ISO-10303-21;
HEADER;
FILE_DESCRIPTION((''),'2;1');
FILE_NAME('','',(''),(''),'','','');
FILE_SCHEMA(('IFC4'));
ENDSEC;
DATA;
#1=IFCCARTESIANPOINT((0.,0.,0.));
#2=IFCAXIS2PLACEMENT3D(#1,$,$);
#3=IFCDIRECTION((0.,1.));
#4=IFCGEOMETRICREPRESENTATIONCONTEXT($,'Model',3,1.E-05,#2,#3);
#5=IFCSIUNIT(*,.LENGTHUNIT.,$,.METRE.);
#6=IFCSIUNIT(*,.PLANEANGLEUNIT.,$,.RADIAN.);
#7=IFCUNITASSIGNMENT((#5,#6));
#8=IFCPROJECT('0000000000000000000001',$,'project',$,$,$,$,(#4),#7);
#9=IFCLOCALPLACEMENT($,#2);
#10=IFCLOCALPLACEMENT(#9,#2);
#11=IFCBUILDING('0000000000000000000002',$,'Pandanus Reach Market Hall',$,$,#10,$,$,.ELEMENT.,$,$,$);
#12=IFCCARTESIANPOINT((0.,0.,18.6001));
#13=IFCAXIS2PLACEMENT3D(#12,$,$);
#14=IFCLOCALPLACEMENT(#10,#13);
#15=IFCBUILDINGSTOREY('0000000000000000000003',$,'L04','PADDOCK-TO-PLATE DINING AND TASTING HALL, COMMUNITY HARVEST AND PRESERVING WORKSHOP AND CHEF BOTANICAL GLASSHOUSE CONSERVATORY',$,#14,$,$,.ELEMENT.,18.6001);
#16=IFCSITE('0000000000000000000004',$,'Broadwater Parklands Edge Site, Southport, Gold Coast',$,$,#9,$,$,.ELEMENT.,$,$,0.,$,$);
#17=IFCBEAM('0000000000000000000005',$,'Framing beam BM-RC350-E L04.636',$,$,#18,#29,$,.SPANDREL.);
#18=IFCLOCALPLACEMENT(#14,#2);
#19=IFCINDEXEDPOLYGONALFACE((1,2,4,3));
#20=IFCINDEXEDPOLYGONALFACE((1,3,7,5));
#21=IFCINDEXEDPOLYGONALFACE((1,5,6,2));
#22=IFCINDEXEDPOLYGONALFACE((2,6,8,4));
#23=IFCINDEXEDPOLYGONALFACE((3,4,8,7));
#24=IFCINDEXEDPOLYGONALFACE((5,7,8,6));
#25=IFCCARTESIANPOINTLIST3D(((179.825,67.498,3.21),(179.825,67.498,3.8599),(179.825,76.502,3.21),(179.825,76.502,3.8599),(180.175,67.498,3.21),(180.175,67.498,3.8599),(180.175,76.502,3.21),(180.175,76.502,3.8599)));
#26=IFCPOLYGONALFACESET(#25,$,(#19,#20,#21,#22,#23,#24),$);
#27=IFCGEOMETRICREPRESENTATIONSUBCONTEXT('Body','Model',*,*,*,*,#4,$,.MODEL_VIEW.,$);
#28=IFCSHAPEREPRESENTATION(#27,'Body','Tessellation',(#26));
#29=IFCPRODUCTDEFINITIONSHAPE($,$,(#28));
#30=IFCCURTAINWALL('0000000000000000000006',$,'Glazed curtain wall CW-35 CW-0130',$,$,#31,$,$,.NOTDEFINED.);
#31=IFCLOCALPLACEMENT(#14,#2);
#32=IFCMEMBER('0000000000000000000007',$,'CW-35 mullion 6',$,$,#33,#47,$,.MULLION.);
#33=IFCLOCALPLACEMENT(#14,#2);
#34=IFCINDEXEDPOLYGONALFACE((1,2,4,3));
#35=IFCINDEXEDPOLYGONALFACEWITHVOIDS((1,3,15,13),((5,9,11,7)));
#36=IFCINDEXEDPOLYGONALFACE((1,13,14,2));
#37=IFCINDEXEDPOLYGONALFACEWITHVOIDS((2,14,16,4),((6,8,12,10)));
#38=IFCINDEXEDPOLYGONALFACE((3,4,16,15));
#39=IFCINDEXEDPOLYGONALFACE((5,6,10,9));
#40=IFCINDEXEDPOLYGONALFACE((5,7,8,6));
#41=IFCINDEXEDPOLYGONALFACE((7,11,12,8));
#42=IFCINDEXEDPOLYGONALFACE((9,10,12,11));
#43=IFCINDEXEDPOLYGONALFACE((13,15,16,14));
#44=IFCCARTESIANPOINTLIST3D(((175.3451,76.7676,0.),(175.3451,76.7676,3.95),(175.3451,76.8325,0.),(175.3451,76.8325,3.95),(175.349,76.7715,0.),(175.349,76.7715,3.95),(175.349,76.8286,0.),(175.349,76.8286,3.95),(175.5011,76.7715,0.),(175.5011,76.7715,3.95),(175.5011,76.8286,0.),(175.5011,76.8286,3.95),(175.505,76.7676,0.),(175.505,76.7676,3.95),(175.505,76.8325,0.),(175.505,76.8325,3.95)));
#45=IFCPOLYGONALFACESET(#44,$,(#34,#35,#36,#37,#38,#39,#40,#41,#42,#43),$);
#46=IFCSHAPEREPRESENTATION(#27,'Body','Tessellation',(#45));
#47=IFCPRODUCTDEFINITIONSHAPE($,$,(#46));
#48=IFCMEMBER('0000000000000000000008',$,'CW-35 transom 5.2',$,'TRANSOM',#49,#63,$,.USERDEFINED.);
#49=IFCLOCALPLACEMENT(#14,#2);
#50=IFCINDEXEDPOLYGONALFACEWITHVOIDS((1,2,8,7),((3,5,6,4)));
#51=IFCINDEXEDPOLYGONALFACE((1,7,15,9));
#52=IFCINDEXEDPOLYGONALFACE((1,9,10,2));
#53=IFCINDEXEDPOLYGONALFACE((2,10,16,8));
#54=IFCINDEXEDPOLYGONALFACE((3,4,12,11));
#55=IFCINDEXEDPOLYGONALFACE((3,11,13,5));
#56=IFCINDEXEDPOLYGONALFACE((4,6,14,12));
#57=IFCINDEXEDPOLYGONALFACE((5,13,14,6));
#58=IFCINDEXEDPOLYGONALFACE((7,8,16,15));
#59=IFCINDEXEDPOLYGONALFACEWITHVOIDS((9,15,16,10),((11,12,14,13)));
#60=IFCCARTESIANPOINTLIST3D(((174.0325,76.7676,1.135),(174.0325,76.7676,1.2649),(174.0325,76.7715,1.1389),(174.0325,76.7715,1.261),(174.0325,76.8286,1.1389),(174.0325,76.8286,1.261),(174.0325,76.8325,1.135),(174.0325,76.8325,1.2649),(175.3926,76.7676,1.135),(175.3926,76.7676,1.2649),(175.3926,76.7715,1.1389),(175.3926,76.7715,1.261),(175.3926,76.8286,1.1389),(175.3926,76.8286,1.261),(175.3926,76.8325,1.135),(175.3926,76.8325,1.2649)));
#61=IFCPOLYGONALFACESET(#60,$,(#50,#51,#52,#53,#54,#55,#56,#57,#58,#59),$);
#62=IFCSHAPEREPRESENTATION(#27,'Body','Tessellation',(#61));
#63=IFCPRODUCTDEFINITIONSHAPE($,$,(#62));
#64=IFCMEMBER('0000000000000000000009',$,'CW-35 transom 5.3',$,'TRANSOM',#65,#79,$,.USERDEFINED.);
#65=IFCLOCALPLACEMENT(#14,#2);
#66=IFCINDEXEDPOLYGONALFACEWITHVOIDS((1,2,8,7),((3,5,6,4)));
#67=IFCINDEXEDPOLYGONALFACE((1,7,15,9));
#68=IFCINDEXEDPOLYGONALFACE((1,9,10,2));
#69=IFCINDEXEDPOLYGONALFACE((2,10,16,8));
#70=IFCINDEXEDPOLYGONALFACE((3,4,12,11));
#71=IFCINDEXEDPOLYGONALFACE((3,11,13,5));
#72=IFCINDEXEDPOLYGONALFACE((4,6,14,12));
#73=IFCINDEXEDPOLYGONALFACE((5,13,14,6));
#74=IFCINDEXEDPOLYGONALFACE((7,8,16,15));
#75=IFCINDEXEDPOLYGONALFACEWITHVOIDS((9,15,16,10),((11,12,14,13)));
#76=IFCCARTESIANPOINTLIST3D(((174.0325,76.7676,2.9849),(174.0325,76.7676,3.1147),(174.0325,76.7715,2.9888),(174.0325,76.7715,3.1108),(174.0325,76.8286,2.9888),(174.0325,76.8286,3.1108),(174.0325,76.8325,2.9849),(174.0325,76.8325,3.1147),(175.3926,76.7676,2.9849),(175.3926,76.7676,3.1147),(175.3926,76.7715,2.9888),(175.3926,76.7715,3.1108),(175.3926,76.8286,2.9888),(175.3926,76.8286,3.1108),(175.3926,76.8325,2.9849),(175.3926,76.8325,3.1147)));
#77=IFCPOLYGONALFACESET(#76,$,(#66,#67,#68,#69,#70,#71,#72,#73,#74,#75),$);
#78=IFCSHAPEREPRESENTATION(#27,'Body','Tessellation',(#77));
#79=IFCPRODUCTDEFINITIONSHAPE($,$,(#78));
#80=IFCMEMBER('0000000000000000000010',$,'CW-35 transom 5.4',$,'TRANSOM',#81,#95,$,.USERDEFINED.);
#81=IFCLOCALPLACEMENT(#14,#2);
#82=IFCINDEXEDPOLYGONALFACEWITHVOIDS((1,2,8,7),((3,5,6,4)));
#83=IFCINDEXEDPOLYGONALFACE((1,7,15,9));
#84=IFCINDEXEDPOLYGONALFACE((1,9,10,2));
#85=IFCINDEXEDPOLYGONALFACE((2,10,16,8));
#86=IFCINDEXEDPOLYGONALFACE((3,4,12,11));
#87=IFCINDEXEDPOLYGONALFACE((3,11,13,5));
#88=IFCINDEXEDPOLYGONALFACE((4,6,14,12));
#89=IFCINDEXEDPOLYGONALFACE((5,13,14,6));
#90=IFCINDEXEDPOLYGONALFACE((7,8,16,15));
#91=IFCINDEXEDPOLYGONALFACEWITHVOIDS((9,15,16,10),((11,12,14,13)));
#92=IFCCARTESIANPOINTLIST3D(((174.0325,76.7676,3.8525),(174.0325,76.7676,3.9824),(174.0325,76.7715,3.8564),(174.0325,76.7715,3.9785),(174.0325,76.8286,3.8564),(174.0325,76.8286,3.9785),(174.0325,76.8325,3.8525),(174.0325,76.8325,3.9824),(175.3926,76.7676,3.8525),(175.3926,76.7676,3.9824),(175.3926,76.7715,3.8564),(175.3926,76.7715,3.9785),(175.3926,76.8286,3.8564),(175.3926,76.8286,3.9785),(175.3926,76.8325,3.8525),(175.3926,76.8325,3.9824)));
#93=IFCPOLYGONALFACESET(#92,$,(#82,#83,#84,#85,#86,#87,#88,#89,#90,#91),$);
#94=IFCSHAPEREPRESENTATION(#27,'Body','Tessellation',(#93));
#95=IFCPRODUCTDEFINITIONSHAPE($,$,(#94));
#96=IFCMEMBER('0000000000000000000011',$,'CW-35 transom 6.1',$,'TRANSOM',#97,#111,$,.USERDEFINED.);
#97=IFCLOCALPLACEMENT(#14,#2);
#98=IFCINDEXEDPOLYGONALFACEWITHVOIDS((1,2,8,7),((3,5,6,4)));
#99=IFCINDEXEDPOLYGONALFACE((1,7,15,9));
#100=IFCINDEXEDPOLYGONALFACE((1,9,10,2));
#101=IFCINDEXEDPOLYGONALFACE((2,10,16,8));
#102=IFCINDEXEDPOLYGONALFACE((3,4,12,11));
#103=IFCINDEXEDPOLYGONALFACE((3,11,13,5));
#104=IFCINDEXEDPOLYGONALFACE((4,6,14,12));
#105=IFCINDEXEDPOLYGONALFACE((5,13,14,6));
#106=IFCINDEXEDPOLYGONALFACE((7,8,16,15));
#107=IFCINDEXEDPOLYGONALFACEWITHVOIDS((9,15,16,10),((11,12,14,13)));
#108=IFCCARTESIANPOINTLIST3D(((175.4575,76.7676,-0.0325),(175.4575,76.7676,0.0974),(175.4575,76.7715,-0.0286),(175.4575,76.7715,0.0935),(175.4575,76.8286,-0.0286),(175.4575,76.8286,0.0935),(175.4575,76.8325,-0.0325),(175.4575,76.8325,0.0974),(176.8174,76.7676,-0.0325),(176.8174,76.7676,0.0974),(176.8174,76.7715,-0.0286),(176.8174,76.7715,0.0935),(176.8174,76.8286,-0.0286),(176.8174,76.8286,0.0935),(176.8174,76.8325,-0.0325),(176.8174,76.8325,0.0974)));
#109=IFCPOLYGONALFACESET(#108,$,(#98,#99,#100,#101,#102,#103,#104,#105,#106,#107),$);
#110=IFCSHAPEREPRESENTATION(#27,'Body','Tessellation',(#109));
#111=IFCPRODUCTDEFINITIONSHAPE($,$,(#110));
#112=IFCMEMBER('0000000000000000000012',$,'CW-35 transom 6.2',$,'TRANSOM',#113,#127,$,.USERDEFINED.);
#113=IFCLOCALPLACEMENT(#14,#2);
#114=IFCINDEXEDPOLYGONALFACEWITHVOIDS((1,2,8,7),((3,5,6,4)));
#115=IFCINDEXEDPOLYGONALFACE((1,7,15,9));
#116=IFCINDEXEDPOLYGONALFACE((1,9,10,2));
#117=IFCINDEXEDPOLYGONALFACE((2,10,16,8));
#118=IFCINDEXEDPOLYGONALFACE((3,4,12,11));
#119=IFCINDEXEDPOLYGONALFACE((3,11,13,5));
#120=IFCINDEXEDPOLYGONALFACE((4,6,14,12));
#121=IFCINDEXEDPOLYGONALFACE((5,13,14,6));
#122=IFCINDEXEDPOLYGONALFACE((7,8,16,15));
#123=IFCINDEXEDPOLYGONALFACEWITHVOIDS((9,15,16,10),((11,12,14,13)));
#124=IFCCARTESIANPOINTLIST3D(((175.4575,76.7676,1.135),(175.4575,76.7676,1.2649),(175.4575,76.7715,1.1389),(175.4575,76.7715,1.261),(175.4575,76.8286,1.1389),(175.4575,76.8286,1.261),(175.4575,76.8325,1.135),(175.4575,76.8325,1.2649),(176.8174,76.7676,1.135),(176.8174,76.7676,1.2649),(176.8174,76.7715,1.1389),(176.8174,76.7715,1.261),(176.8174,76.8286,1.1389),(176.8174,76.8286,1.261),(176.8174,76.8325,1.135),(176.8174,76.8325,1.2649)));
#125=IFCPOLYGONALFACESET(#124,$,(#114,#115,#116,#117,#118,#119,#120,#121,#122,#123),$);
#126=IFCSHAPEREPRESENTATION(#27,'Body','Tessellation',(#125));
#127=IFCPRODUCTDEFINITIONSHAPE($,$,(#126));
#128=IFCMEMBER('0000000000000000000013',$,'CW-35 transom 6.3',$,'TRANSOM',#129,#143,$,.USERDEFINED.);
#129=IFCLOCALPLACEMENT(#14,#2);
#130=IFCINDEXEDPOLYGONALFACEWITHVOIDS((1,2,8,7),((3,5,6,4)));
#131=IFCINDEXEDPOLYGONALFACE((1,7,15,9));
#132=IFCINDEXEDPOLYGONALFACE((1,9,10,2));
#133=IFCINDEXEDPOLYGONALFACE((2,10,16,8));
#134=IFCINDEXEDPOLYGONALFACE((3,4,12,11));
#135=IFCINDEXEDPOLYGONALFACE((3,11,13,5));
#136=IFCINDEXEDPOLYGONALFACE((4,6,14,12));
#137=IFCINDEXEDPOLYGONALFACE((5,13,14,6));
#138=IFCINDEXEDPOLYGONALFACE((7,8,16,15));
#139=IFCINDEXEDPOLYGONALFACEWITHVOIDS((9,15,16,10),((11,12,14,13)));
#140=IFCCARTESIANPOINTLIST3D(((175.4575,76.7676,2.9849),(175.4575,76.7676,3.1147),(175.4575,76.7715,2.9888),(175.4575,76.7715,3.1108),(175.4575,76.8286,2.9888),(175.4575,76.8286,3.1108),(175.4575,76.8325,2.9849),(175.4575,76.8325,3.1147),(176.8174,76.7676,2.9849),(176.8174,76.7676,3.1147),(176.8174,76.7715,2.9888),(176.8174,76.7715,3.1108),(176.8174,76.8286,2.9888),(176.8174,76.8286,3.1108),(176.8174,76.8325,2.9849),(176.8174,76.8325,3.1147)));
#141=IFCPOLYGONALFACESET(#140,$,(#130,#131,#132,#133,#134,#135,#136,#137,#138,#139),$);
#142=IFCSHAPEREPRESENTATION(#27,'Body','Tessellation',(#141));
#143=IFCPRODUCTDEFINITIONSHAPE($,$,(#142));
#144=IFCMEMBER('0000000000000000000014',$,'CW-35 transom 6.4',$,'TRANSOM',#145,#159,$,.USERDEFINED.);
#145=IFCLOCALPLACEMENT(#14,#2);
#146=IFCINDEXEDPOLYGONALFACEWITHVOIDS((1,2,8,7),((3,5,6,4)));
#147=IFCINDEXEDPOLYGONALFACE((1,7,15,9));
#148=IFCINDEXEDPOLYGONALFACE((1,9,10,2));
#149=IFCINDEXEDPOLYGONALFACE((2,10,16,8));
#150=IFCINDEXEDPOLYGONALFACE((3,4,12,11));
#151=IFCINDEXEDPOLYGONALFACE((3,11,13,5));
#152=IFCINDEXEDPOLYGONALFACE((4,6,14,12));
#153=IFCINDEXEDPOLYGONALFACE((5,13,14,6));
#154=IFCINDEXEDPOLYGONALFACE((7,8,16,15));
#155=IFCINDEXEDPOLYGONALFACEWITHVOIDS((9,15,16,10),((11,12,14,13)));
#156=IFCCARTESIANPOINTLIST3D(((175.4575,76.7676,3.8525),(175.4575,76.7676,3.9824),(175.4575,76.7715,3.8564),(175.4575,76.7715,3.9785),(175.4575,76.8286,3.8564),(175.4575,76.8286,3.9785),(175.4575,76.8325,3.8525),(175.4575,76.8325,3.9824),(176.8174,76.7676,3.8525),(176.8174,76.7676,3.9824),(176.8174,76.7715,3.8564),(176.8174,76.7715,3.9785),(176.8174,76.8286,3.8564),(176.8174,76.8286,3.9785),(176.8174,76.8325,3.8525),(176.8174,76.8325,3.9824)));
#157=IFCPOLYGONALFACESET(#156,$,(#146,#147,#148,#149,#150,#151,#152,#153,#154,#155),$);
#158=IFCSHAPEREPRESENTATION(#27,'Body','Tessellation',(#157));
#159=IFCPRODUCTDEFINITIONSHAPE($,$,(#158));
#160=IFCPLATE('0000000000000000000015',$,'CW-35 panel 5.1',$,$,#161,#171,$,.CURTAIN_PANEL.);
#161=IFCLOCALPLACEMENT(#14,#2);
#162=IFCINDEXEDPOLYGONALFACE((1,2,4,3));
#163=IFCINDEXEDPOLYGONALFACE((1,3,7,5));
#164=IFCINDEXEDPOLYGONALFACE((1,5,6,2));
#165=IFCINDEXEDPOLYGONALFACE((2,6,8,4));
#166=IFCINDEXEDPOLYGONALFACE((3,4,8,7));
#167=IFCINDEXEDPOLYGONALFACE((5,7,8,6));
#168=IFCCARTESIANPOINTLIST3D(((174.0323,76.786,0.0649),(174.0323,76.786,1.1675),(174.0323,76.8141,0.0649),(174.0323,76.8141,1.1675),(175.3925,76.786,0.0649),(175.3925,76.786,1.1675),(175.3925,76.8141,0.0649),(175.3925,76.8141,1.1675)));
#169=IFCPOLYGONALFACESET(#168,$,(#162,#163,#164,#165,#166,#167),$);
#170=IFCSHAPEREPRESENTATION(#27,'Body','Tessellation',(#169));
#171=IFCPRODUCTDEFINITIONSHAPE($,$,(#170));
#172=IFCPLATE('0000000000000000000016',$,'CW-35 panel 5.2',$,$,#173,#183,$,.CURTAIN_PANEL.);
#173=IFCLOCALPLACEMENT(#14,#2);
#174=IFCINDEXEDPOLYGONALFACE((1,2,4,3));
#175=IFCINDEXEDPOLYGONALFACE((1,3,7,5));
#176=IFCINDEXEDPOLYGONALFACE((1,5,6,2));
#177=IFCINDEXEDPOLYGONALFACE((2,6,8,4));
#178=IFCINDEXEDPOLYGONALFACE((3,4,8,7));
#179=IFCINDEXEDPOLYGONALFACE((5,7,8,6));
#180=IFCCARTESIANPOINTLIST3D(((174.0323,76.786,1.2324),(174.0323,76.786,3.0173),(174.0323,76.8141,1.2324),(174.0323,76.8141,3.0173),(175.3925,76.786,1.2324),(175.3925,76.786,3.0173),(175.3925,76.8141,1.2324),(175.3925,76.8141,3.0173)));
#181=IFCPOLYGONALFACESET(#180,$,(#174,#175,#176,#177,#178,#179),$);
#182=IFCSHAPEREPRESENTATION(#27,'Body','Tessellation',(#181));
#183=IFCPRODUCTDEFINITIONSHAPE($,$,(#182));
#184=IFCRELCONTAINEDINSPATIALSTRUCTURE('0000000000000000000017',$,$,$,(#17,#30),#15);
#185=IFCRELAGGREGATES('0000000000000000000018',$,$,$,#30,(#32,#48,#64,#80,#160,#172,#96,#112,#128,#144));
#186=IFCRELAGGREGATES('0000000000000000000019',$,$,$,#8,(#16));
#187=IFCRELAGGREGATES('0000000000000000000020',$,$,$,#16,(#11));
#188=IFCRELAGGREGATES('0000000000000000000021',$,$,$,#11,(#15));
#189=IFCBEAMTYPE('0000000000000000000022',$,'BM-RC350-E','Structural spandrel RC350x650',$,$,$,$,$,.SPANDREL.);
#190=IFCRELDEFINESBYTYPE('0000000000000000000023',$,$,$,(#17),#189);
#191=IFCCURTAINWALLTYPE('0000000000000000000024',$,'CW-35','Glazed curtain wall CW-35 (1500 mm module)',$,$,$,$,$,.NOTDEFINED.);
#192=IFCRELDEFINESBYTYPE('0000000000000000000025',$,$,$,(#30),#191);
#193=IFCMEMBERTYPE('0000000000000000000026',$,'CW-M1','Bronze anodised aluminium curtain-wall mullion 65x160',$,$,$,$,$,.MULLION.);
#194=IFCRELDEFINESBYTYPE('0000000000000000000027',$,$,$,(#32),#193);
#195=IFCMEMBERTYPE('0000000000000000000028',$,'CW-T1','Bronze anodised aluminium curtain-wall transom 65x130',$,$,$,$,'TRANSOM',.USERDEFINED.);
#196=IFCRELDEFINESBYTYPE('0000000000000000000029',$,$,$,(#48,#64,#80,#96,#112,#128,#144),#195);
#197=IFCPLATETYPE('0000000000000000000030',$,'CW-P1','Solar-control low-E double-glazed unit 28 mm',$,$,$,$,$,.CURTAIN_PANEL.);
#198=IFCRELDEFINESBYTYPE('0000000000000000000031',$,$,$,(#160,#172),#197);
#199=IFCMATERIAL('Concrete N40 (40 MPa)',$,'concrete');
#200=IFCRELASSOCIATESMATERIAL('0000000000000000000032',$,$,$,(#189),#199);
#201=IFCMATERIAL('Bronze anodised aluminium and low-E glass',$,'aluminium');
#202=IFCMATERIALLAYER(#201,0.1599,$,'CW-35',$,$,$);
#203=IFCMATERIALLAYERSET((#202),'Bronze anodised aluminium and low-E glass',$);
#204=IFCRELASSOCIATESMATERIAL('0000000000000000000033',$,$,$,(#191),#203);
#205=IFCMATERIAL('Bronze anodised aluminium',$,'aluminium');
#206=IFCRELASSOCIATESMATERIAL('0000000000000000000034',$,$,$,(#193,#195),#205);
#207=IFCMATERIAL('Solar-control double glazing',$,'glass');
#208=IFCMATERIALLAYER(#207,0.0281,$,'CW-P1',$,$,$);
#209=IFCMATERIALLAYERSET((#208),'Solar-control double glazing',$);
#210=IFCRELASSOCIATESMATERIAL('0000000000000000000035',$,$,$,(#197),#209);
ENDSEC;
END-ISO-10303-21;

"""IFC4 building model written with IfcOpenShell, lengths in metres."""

from ifc_helpers import new_model, si_unit, direction, frame, origin, origin_2d, place, context, subcontext, project, spatial, rectangle, hollow_rectangle, extrude, material, layer, layer_set, material_profile, profile_set, type_object, element, aggregate, save


model = new_model("IFC4")

# Units and contexts
model_context = context("Model", 3, precision=1e-05, world=origin(), true_north=direction((0.0, 1.0)))
body_context = subcontext(model_context, "Body", "Model", "MODEL_VIEW")
ifc_project = project(units=[si_unit("LENGTHUNIT", "METRE"), si_unit("PLANEANGLEUNIT", "RADIAN")], contexts=[model_context])

# Site, building, storey
site_placement = place(None, origin())
site = spatial("IfcSite", under=ifc_project, at=site_placement, Name="Broadwater Parklands Edge Site, Southport, Gold Coast", CompositionType="ELEMENT", RefElevation=0.0)
building_placement = place(site_placement, origin())
building = spatial("IfcBuilding", under=site, at=building_placement, Name="Pandanus Reach Market Hall", CompositionType="ELEMENT")
storey_placement = place(building_placement, frame((0.0, 0.0, 18.6001)))
storey = spatial("IfcBuildingStorey", under=building, at=storey_placement, Name="L04", Description="PADDOCK-TO-PLATE DINING AND TASTING HALL, COMMUNITY HARVEST AND PRESERVING WORKSHOP AND CHEF BOTANICAL GLASSHOUSE CONSERVATORY", CompositionType="ELEMENT", Elevation=18.6001)

# Beam
ifc_material_1 = material(Name="Concrete N40 (40 MPa)", Category="concrete")
ifc_material_profile_1 = material_profile(ifc_material_1, rectangle(XDim=0.3501, YDim=0.6499, at=origin_2d()), Name="RC350x650", Category="LoadBearing")
ifc_profile_set_1 = profile_set([ifc_material_profile_1], Name="Concrete N40 (40 MPa)")
beam_type = type_object("IfcBeamType", Name="BM-RC350-E", Description="Structural spandrel RC350x650", PredefinedType="SPANDREL", material=ifc_profile_set_1)
beam_placement = place(storey_placement, frame((180.0, 67.498, 3.5349), z_axis=(0.0, 1.0, 0.0), x_axis=(-1.0, 0.0, 0.0)))
element("IfcBeam", 1, at=beam_placement, inside=storey, type_object=beam_type, Name="Framing beam BM-RC350-E L04.636", PredefinedType="SPANDREL", context=body_context, shape_type="SweptSolid", body=[
    extrude(rectangle(XDim=0.3501, YDim=0.6499, at=origin_2d()), origin(), (0.0, 0.0, 1.0), 9.0039),
])

# Curtain wall, members, plates
ifc_material_2 = material(Name="Bronze anodised aluminium and low-E glass", Category="aluminium")
ifc_layer_1 = layer(ifc_material_2, 0.1599, Name="CW-35")
ifc_layer_set_1 = layer_set([ifc_layer_1], Name="Bronze anodised aluminium and low-E glass")
curtain_wall_type = type_object("IfcCurtainWallType", Name="CW-35", Description="Glazed curtain wall CW-35 (1500 mm module)", PredefinedType="NOTDEFINED", material=ifc_layer_set_1)
curtain_wall_placement = place(storey_placement, origin())
curtain_wall = element("IfcCurtainWall", 2, at=curtain_wall_placement, inside=storey, type_object=curtain_wall_type, Name="Glazed curtain wall CW-35 CW-0130", PredefinedType="NOTDEFINED")
ifc_material_3 = material(Name="Bronze anodised aluminium", Category="aluminium")
ifc_material_profile_2 = material_profile(ifc_material_3, hollow_rectangle(XDim=0.0649, YDim=0.1599, WallThickness=0.0039, at=origin_2d()), Name="ALU65x160", Category="LoadBearing")
ifc_profile_set_2 = profile_set([ifc_material_profile_2], Name="Bronze anodised aluminium")
member_type_1 = type_object("IfcMemberType", Name="CW-M1", Description="Bronze anodised aluminium curtain-wall mullion 65x160", PredefinedType="MULLION", material=ifc_profile_set_2)
member_1_placement = place(storey_placement, frame((175.425, 76.8, 0.0), z_axis=(0.0, 0.0, 1.0), x_axis=(0.0, 1.0, 0.0)))
member_1 = element("IfcMember", 3, at=member_1_placement, type_object=member_type_1, Name="CW-35 mullion 6", PredefinedType="MULLION", context=body_context, shape_type="SweptSolid", body=[
    extrude(hollow_rectangle(XDim=0.0649, YDim=0.1599, WallThickness=0.0039, at=origin_2d()), origin(), (0.0, 0.0, 1.0), 3.95),
])
ifc_material_profile_3 = material_profile(ifc_material_3, hollow_rectangle(XDim=0.0649, YDim=0.1299, WallThickness=0.0039, at=origin_2d()), Name="ALU65x130", Category="LoadBearing")
ifc_profile_set_3 = profile_set([ifc_material_profile_3], Name="Bronze anodised aluminium")
member_type_2 = type_object("IfcMemberType", Name="CW-T1", Description="Bronze anodised aluminium curtain-wall transom 65x130", ElementType="TRANSOM", PredefinedType="USERDEFINED", material=ifc_profile_set_3)
member_2_placement = place(storey_placement, frame((174.0325, 76.8, 1.2), z_axis=(1.0, 0.0, 0.0), x_axis=(0.0, 1.0, 0.0)))
member_2 = element("IfcMember", 4, at=member_2_placement, type_object=member_type_2, Name="CW-35 transom 5.2", ObjectType="TRANSOM", PredefinedType="USERDEFINED", context=body_context, shape_type="SweptSolid", body=[
    extrude(hollow_rectangle(XDim=0.0649, YDim=0.1299, WallThickness=0.0039, at=origin_2d()), origin(), (0.0, 0.0, 1.0), 1.3601),
])
member_3_placement = place(storey_placement, frame((174.0325, 76.8, 3.0498), z_axis=(1.0, 0.0, 0.0), x_axis=(0.0, 1.0, 0.0)))
member_3 = element("IfcMember", 5, at=member_3_placement, type_object=member_type_2, Name="CW-35 transom 5.3", ObjectType="TRANSOM", PredefinedType="USERDEFINED", context=body_context, shape_type="SweptSolid", body=[
    extrude(hollow_rectangle(XDim=0.0649, YDim=0.1299, WallThickness=0.0039, at=origin_2d()), origin(), (0.0, 0.0, 1.0), 1.3601),
])
member_4_placement = place(storey_placement, frame((174.0325, 76.8, 3.9175), z_axis=(1.0, 0.0, 0.0), x_axis=(0.0, 1.0, 0.0)))
member_4 = element("IfcMember", 6, at=member_4_placement, type_object=member_type_2, Name="CW-35 transom 5.4", ObjectType="TRANSOM", PredefinedType="USERDEFINED", context=body_context, shape_type="SweptSolid", body=[
    extrude(hollow_rectangle(XDim=0.0649, YDim=0.1299, WallThickness=0.0039, at=origin_2d()), origin(), (0.0, 0.0, 1.0), 1.3601),
])
member_5_placement = place(storey_placement, frame((175.4575, 76.8, 0.0325), z_axis=(1.0, 0.0, 0.0), x_axis=(0.0, 1.0, 0.0)))
member_5 = element("IfcMember", 7, at=member_5_placement, type_object=member_type_2, Name="CW-35 transom 6.1", ObjectType="TRANSOM", PredefinedType="USERDEFINED", context=body_context, shape_type="SweptSolid", body=[
    extrude(hollow_rectangle(XDim=0.0649, YDim=0.1299, WallThickness=0.0039, at=origin_2d()), origin(), (0.0, 0.0, 1.0), 1.3599),
])
member_6_placement = place(storey_placement, frame((175.4575, 76.8, 1.2), z_axis=(1.0, 0.0, 0.0), x_axis=(0.0, 1.0, 0.0)))
member_6 = element("IfcMember", 8, at=member_6_placement, type_object=member_type_2, Name="CW-35 transom 6.2", ObjectType="TRANSOM", PredefinedType="USERDEFINED", context=body_context, shape_type="SweptSolid", body=[
    extrude(hollow_rectangle(XDim=0.0649, YDim=0.1299, WallThickness=0.0039, at=origin_2d()), origin(), (0.0, 0.0, 1.0), 1.3599),
])
member_7_placement = place(storey_placement, frame((175.4575, 76.8, 3.0498), z_axis=(1.0, 0.0, 0.0), x_axis=(0.0, 1.0, 0.0)))
member_7 = element("IfcMember", 9, at=member_7_placement, type_object=member_type_2, Name="CW-35 transom 6.3", ObjectType="TRANSOM", PredefinedType="USERDEFINED", context=body_context, shape_type="SweptSolid", body=[
    extrude(hollow_rectangle(XDim=0.0649, YDim=0.1299, WallThickness=0.0039, at=origin_2d()), origin(), (0.0, 0.0, 1.0), 1.3599),
])
member_8_placement = place(storey_placement, frame((175.4575, 76.8, 3.9175), z_axis=(1.0, 0.0, 0.0), x_axis=(0.0, 1.0, 0.0)))
member_8 = element("IfcMember", 10, at=member_8_placement, type_object=member_type_2, Name="CW-35 transom 6.4", ObjectType="TRANSOM", PredefinedType="USERDEFINED", context=body_context, shape_type="SweptSolid", body=[
    extrude(hollow_rectangle(XDim=0.0649, YDim=0.1299, WallThickness=0.0039, at=origin_2d()), origin(), (0.0, 0.0, 1.0), 1.3599),
])
ifc_material_4 = material(Name="Solar-control double glazing", Category="glass")
ifc_layer_2 = layer(ifc_material_4, 0.0281, Name="CW-P1")
ifc_layer_set_2 = layer_set([ifc_layer_2], Name="Solar-control double glazing")
plate_type = type_object("IfcPlateType", Name="CW-P1", Description="Solar-control low-E double-glazed unit 28 mm", PredefinedType="CURTAIN_PANEL", material=ifc_layer_set_2)
plate_1_placement = place(storey_placement, frame((174.7124, 76.8, 0.0649), z_axis=(0.0, 0.0, 1.0), x_axis=(1.0, 0.0, 0.0)))
plate_1 = element("IfcPlate", 11, at=plate_1_placement, type_object=plate_type, Name="CW-35 panel 5.1", PredefinedType="CURTAIN_PANEL", context=body_context, shape_type="SweptSolid", body=[
    extrude(rectangle(XDim=1.3601, YDim=0.0281, at=origin_2d()), origin(), (0.0, 0.0, 1.0), 1.1025),
])
plate_2_placement = place(storey_placement, frame((174.7124, 76.8, 1.2324), z_axis=(0.0, 0.0, 1.0), x_axis=(1.0, 0.0, 0.0)))
plate_2 = element("IfcPlate", 12, at=plate_2_placement, type_object=plate_type, Name="CW-35 panel 5.2", PredefinedType="CURTAIN_PANEL", context=body_context, shape_type="SweptSolid", body=[
    extrude(rectangle(XDim=1.3601, YDim=0.0281, at=origin_2d()), origin(), (0.0, 0.0, 1.0), 1.7849),
])
aggregate(curtain_wall, [member_1, member_2, member_3, member_4, plate_1, plate_2, member_5, member_6, member_7, member_8])

save(model, "model.ifc")
